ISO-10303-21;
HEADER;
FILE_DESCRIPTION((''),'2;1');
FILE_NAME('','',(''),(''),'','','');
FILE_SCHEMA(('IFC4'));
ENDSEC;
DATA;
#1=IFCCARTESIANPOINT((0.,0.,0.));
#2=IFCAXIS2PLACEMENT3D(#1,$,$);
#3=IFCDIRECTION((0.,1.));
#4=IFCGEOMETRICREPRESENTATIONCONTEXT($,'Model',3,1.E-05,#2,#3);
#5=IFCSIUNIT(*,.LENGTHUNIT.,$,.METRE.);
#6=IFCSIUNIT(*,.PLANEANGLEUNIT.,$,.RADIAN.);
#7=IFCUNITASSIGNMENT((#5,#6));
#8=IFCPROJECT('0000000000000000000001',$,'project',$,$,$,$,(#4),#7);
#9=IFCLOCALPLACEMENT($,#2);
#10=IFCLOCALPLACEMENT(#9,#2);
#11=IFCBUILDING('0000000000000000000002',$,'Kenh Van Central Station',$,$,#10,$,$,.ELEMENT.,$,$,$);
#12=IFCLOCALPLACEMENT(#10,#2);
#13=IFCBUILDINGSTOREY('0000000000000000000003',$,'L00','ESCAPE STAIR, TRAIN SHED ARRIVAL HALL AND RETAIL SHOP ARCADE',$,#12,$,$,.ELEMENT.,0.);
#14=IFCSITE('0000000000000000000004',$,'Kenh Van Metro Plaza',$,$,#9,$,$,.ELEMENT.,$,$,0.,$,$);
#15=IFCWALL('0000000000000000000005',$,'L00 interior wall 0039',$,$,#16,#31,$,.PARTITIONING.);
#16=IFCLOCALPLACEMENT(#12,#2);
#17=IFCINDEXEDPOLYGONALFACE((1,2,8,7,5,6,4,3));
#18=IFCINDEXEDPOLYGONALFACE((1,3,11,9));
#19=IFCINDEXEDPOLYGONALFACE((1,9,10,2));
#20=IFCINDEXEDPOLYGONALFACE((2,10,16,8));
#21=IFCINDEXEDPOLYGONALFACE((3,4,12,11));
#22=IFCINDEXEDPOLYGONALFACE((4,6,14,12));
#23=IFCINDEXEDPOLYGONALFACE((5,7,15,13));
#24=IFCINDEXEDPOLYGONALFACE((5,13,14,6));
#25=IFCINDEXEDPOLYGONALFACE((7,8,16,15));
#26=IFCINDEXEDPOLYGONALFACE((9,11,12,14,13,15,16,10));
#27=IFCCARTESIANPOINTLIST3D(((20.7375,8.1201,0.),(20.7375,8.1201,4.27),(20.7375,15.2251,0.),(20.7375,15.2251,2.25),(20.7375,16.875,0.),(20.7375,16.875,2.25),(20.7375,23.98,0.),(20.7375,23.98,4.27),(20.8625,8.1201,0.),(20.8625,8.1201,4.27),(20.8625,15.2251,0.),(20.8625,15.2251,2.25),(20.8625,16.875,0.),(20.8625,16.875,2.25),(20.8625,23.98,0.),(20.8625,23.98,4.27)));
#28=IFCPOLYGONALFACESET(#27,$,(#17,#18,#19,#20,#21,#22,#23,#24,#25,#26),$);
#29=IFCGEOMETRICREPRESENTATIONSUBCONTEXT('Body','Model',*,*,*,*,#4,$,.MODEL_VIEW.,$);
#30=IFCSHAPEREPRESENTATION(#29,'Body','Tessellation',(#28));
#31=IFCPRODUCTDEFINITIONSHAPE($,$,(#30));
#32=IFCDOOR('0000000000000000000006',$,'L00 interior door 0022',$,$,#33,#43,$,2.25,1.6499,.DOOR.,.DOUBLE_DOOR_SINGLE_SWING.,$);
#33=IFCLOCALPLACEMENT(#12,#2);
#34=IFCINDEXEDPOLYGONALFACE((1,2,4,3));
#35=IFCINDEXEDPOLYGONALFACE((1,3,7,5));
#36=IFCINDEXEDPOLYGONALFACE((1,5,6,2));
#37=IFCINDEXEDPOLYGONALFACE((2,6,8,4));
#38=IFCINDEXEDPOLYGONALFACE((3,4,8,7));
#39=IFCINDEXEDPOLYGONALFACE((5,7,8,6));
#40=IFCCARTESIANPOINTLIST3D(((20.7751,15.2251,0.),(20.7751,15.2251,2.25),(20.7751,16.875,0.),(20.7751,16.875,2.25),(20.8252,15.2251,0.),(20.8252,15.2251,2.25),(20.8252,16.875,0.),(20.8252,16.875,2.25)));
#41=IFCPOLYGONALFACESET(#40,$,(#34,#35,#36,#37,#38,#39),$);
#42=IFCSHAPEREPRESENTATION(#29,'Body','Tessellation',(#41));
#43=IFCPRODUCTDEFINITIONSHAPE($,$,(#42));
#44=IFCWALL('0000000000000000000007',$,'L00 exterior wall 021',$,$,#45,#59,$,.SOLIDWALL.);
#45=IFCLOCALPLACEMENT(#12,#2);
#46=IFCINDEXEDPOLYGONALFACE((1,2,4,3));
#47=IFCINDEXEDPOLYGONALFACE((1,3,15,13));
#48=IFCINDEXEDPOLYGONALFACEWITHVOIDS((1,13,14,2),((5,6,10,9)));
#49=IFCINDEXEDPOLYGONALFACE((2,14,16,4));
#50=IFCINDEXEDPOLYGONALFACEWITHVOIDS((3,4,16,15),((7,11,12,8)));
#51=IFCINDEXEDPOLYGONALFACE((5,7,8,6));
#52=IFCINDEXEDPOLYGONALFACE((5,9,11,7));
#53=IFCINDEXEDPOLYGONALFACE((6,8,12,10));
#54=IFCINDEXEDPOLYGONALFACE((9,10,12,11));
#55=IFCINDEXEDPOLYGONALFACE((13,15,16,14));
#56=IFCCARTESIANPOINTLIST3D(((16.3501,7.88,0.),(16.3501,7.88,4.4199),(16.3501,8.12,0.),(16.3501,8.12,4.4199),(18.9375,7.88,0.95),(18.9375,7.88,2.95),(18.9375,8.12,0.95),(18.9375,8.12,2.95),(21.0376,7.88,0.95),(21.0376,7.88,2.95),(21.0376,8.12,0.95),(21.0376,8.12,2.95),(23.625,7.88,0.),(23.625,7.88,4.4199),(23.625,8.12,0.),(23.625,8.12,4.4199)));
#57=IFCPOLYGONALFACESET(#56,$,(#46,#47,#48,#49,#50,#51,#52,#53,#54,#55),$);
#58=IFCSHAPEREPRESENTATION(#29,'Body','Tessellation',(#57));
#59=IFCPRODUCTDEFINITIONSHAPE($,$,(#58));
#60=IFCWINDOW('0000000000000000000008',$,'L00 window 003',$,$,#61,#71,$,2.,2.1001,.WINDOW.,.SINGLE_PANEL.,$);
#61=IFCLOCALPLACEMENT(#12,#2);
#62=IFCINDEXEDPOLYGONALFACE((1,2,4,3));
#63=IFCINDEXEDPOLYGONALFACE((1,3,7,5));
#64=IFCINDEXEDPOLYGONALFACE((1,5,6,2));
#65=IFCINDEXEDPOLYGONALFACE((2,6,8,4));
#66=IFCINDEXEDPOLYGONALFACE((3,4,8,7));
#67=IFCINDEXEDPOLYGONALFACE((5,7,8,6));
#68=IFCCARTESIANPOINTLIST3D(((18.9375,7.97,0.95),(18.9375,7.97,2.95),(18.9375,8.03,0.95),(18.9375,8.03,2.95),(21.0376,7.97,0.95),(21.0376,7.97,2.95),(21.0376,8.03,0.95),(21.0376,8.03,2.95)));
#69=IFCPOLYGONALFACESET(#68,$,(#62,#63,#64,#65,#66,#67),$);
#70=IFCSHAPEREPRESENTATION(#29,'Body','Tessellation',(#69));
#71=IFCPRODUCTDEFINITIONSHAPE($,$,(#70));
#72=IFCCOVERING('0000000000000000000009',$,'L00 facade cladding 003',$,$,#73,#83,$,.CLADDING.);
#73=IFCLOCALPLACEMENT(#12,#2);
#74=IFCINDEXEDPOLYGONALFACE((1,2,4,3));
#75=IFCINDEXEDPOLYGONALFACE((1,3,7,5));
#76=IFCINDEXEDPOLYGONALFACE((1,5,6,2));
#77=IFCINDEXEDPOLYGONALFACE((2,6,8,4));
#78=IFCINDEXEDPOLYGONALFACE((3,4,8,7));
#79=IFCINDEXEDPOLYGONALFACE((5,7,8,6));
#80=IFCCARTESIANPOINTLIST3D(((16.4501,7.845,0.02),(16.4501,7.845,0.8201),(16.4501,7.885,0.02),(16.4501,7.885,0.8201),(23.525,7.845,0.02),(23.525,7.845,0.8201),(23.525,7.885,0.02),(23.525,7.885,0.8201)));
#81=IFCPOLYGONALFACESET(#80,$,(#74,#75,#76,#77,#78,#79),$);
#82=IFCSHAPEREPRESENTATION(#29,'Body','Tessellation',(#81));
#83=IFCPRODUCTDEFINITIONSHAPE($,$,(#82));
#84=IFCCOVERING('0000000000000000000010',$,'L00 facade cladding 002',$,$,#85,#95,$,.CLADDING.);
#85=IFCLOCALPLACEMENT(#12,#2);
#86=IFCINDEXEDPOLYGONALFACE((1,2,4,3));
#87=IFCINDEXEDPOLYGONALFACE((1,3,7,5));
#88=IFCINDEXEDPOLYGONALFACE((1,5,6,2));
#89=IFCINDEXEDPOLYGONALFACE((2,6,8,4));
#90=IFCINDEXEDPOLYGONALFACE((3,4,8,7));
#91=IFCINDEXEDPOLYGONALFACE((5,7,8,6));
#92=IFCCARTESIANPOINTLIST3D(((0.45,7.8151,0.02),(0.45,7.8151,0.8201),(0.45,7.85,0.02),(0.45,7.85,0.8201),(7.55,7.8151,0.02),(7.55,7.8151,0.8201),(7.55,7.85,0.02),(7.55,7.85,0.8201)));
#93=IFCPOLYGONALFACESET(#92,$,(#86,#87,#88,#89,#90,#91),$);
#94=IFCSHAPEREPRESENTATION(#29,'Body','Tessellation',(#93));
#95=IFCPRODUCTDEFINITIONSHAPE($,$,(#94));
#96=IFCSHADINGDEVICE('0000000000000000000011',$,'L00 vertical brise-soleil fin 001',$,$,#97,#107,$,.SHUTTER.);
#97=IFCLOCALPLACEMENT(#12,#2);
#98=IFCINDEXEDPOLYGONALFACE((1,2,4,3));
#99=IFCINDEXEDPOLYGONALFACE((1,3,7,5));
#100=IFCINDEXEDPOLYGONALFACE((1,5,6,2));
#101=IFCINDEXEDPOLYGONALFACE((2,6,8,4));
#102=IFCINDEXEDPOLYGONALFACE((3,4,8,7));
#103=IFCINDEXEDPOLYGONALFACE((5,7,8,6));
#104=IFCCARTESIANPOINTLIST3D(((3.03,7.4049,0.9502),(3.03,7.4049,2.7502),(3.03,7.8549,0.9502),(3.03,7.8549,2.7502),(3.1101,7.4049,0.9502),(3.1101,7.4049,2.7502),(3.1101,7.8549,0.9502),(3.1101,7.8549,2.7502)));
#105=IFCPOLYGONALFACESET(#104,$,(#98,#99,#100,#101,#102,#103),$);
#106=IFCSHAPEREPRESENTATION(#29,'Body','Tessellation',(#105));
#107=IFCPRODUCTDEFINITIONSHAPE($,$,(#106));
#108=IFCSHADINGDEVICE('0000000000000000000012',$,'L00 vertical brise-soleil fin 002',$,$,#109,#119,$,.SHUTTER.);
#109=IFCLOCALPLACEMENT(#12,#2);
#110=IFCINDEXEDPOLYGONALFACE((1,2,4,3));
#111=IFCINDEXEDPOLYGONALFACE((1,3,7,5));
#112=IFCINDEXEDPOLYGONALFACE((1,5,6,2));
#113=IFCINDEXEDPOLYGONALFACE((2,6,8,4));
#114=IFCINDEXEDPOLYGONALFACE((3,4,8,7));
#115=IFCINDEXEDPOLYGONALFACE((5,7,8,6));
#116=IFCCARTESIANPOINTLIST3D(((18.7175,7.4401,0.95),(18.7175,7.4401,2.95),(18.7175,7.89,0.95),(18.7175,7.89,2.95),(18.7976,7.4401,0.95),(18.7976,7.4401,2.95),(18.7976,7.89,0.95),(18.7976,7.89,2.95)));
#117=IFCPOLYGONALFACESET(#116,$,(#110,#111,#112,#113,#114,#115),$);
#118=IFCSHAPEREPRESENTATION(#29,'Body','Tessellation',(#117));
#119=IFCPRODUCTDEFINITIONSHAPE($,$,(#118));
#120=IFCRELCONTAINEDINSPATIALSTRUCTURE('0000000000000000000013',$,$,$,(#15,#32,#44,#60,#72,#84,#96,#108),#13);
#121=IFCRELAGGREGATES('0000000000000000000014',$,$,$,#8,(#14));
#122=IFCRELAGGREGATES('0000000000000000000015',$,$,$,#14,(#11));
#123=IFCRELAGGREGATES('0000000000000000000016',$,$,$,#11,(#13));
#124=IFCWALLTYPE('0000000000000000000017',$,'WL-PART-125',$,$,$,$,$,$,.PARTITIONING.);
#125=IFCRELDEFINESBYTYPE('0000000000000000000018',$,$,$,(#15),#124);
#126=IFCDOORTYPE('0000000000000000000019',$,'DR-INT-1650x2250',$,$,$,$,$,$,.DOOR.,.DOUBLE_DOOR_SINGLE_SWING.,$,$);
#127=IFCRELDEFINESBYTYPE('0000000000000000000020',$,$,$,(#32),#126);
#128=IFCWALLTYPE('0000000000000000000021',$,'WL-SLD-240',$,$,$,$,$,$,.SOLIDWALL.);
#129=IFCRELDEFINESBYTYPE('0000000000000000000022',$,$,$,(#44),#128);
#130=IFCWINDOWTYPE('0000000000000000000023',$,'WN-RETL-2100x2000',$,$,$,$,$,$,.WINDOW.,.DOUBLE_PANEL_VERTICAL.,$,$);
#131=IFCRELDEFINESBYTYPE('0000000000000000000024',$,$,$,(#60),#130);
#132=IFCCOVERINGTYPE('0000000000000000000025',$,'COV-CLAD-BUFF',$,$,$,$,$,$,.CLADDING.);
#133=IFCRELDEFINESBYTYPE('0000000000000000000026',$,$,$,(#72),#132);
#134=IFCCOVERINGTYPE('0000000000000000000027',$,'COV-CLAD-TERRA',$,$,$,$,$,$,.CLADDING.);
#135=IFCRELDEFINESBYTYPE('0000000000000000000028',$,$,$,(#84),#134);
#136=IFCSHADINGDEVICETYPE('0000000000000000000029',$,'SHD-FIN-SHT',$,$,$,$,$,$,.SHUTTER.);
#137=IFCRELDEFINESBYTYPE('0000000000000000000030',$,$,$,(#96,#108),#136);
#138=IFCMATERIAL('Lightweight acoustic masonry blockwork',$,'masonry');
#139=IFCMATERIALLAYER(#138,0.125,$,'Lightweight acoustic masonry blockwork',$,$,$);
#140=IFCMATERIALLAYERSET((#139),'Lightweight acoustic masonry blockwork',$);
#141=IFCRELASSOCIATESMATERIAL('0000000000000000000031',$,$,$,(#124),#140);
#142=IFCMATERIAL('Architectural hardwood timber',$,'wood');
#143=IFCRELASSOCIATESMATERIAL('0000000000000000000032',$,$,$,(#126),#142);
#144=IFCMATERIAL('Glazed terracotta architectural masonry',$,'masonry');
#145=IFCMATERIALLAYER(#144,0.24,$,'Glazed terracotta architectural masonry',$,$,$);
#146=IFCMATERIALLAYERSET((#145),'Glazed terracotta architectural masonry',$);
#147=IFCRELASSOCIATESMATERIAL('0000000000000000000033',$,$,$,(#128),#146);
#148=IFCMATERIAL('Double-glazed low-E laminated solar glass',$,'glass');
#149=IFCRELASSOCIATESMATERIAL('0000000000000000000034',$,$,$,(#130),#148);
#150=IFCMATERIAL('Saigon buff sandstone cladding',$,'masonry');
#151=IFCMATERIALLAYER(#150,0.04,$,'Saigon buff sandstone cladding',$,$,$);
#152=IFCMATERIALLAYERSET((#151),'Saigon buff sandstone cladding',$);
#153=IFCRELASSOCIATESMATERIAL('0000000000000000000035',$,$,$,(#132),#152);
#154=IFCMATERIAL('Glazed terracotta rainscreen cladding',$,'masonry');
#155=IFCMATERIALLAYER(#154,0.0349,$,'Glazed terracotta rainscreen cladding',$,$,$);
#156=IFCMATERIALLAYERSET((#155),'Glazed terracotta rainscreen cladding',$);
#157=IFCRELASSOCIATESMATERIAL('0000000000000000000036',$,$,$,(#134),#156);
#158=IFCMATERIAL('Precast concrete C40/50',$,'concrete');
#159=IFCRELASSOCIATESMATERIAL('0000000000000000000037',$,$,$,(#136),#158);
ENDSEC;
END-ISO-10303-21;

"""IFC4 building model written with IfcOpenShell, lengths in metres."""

from ifc_helpers import new_model, si_unit, direction, frame, frame_2d, origin, origin_2d, place, context, subcontext, project, spatial, rectangle, extrude, material, layer, layer_set, type_object, element, fill, save


model = new_model("IFC4")

# Units and contexts
model_context = context("Model", 3, precision=1e-05, world=origin(), true_north=direction((0.0, 1.0)))
body_context = subcontext(model_context, "Body", "Model", "MODEL_VIEW")
ifc_project = project(units=[si_unit("LENGTHUNIT", "METRE"), si_unit("PLANEANGLEUNIT", "RADIAN")], contexts=[model_context])

# Site, building, storey
site_placement = place(None, origin())
site = spatial("IfcSite", under=ifc_project, at=site_placement, Name="Kenh Van Metro Plaza", CompositionType="ELEMENT", RefElevation=0.0)
building_placement = place(site_placement, origin())
building = spatial("IfcBuilding", under=site, at=building_placement, Name="Kenh Van Central Station", CompositionType="ELEMENT")
storey_placement = place(building_placement, origin())
storey = spatial("IfcBuildingStorey", under=building, at=storey_placement, Name="L00", Description="ESCAPE STAIR, TRAIN SHED ARRIVAL HALL AND RETAIL SHOP ARCADE", CompositionType="ELEMENT", Elevation=0.0)

# Shared definitions
ifc_material_1 = material(Name="Double-glazed low-E laminated solar glass", Category="glass")

# Wall, opening, door
ifc_material_2 = material(Name="Lightweight acoustic masonry blockwork", Category="masonry")
ifc_layer_1 = layer(ifc_material_2, 0.125, Name="Lightweight acoustic masonry blockwork")
ifc_layer_set_1 = layer_set([ifc_layer_1], Name="Lightweight acoustic masonry blockwork")
wall_type_1 = type_object("IfcWallType", Name="WL-PART-125", PredefinedType="PARTITIONING", material=ifc_layer_set_1)
wall_1_placement = place(storey_placement, frame((20.8, 8.1201, 0.0), z_axis=(0.0, 0.0, 1.0), x_axis=(0.0, 1.0, 0.0)))
wall_1 = element("IfcWall", 1, at=wall_1_placement, inside=storey, type_object=wall_type_1, Name="L00 interior wall 0039", PredefinedType="PARTITIONING", context=body_context, shape_type="SweptSolid", body=[
    extrude(rectangle(XDim=15.8599, YDim=0.125, at=frame_2d((7.9299, 0.0))), origin(), (0.0, 0.0, 1.0), 4.27),
])
opening_1_placement = place(wall_1_placement, frame((7.105, 0.0, 0.0)))
opening_1 = element("IfcOpeningElement", 2, at=opening_1_placement, cuts=wall_1, PredefinedType="OPENING", context=body_context, shape_type="SweptSolid", body=[
    extrude(rectangle(XDim=1.6499, YDim=2.25, at=frame_2d((0.825, 1.125))), frame((0.0, 0.0725, 0.0), z_axis=(0.0, -1.0, 0.0), x_axis=(1.0, 0.0, 0.0)), (0.0, 0.0, 1.0), 0.145),
])
ifc_material_3 = material(Name="Architectural hardwood timber", Category="wood")
door_type_1 = type_object("IfcDoorType", Name="DR-INT-1650x2250", OperationType="DOUBLE_DOOR_SINGLE_SWING", PredefinedType="DOOR", material=ifc_material_3)
door_1_placement = place(opening_1_placement, origin())
door_1 = element("IfcDoor", 3, at=door_1_placement, inside=storey, type_object=door_type_1, Name="L00 interior door 0022", OperationType="DOUBLE_DOOR_SINGLE_SWING", OverallHeight=2.25, OverallWidth=1.6499, PredefinedType="DOOR", context=body_context, shape_type="SweptSolid", body=[
    extrude(rectangle(XDim=1.6499, YDim=2.25, at=frame_2d((0.825, 1.125))), frame((0.0, 0.0249, 0.0), z_axis=(0.0, -1.0, 0.0), x_axis=(1.0, 0.0, 0.0)), (0.0, 0.0, 1.0), 0.05),
])
fill(opening_1, door_1)

# Wall, opening, window
ifc_material_4 = material(Name="Glazed terracotta architectural masonry", Category="masonry")
ifc_layer_2 = layer(ifc_material_4, 0.24, Name="Glazed terracotta architectural masonry")
ifc_layer_set_2 = layer_set([ifc_layer_2], Name="Glazed terracotta architectural masonry")
wall_type_2 = type_object("IfcWallType", Name="WL-SLD-240", PredefinedType="SOLIDWALL", material=ifc_layer_set_2)
wall_2_placement = place(storey_placement, frame((16.3501, 8.0, 0.0), z_axis=(0.0, 0.0, 1.0), x_axis=(1.0, 0.0, 0.0)))
wall_2 = element("IfcWall", 4, at=wall_2_placement, inside=storey, type_object=wall_type_2, Name="L00 exterior wall 021", PredefinedType="SOLIDWALL", context=body_context, shape_type="SweptSolid", body=[
    extrude(rectangle(XDim=7.2749, YDim=0.24, at=frame_2d((3.6375, 0.0))), origin(), (0.0, 0.0, 1.0), 4.4199),
])
opening_2_placement = place(wall_2_placement, frame((2.5874, 0.0, 0.95)))
opening_2 = element("IfcOpeningElement", 5, at=opening_2_placement, cuts=wall_2, PredefinedType="OPENING", context=body_context, shape_type="SweptSolid", body=[
    extrude(rectangle(XDim=2.1001, YDim=2.0, at=frame_2d((1.05, 1.0))), frame((0.0, 0.1299, 0.0), z_axis=(0.0, -1.0, 0.0), x_axis=(1.0, 0.0, 0.0)), (0.0, 0.0, 1.0), 0.26),
])
window_type_1 = type_object("IfcWindowType", Name="WN-RETL-2100x2000", PartitioningType="DOUBLE_PANEL_VERTICAL", PredefinedType="WINDOW", material=ifc_material_1)
window_1_placement = place(opening_2_placement, origin())
window_1 = element("IfcWindow", 6, at=window_1_placement, inside=storey, type_object=window_type_1, Name="L00 window 003", OverallHeight=2.0, OverallWidth=2.1001, PartitioningType="SINGLE_PANEL", PredefinedType="WINDOW", context=body_context, shape_type="SweptSolid", body=[
    extrude(rectangle(XDim=2.1001, YDim=2.0, at=frame_2d((1.05, 1.0))), frame((0.0, 0.03, 0.0), z_axis=(0.0, -1.0, 0.0), x_axis=(1.0, 0.0, 0.0)), (0.0, 0.0, 1.0), 0.0601),
])
fill(opening_2, window_1)

# Coverings
ifc_material_5 = material(Name="Saigon buff sandstone cladding", Category="masonry")
ifc_layer_3 = layer(ifc_material_5, 0.04, Name="Saigon buff sandstone cladding")
ifc_layer_set_3 = layer_set([ifc_layer_3], Name="Saigon buff sandstone cladding")
covering_type_1 = type_object("IfcCoveringType", Name="COV-CLAD-BUFF", PredefinedType="CLADDING", material=ifc_layer_set_3)
covering_1_placement = place(storey_placement, frame((19.9875, 7.865, 0.02), z_axis=(0.0, 0.0, 1.0), x_axis=(1.0, 0.0, 0.0)))
element("IfcCovering", 7, at=covering_1_placement, inside=storey, type_object=covering_type_1, Name="L00 facade cladding 003", PredefinedType="CLADDING", context=body_context, shape_type="SweptSolid", body=[
    extrude(rectangle(XDim=7.075, YDim=0.04, at=origin_2d()), origin(), (0.0, 0.0, 1.0), 0.8),
])
ifc_material_6 = material(Name="Glazed terracotta rainscreen cladding", Category="masonry")
ifc_layer_4 = layer(ifc_material_6, 0.0349, Name="Glazed terracotta rainscreen cladding")
ifc_layer_set_4 = layer_set([ifc_layer_4], Name="Glazed terracotta rainscreen cladding")
covering_type_2 = type_object("IfcCoveringType", Name="COV-CLAD-TERRA", PredefinedType="CLADDING", material=ifc_layer_set_4)
covering_2_placement = place(storey_placement, frame((4.0, 7.8325, 0.02), z_axis=(0.0, 0.0, 1.0), x_axis=(1.0, 0.0, 0.0)))
element("IfcCovering", 8, at=covering_2_placement, inside=storey, type_object=covering_type_2, Name="L00 facade cladding 002", PredefinedType="CLADDING", context=body_context, shape_type="SweptSolid", body=[
    extrude(rectangle(XDim=7.1001, YDim=0.0349, at=origin_2d()), origin(), (0.0, 0.0, 1.0), 0.8),
])

# Shading devices
ifc_material_7 = material(Name="Precast concrete C40/50", Category="concrete")
shading_device_type = type_object("IfcShadingDeviceType", Name="SHD-FIN-SHT", PredefinedType="SHUTTER", material=ifc_material_7)
shading_device_1_placement = place(storey_placement, frame((3.0701, 7.6299, 0.9502), z_axis=(0.0, 0.0, 1.0), x_axis=(0.0, -1.0, 0.0)))
element("IfcShadingDevice", 9, at=shading_device_1_placement, inside=storey, type_object=shading_device_type, Name="L00 vertical brise-soleil fin 001", PredefinedType="SHUTTER", context=body_context, shape_type="SweptSolid", body=[
    extrude(rectangle(XDim=0.45, YDim=0.0801, at=origin_2d()), origin(), (0.0, 0.0, 1.0), 1.8),
])
shading_device_2_placement = place(storey_placement, frame((18.7576, 7.665, 0.95), z_axis=(0.0, 0.0, 1.0), x_axis=(0.0, -1.0, 0.0)))
element("IfcShadingDevice", 10, at=shading_device_2_placement, inside=storey, type_object=shading_device_type, Name="L00 vertical brise-soleil fin 002", PredefinedType="SHUTTER", context=body_context, shape_type="SweptSolid", body=[
    extrude(rectangle(XDim=0.45, YDim=0.0801, at=origin_2d()), origin(), (0.0, 0.0, 1.0), 2.0),
])

save(model, "model.ifc")
